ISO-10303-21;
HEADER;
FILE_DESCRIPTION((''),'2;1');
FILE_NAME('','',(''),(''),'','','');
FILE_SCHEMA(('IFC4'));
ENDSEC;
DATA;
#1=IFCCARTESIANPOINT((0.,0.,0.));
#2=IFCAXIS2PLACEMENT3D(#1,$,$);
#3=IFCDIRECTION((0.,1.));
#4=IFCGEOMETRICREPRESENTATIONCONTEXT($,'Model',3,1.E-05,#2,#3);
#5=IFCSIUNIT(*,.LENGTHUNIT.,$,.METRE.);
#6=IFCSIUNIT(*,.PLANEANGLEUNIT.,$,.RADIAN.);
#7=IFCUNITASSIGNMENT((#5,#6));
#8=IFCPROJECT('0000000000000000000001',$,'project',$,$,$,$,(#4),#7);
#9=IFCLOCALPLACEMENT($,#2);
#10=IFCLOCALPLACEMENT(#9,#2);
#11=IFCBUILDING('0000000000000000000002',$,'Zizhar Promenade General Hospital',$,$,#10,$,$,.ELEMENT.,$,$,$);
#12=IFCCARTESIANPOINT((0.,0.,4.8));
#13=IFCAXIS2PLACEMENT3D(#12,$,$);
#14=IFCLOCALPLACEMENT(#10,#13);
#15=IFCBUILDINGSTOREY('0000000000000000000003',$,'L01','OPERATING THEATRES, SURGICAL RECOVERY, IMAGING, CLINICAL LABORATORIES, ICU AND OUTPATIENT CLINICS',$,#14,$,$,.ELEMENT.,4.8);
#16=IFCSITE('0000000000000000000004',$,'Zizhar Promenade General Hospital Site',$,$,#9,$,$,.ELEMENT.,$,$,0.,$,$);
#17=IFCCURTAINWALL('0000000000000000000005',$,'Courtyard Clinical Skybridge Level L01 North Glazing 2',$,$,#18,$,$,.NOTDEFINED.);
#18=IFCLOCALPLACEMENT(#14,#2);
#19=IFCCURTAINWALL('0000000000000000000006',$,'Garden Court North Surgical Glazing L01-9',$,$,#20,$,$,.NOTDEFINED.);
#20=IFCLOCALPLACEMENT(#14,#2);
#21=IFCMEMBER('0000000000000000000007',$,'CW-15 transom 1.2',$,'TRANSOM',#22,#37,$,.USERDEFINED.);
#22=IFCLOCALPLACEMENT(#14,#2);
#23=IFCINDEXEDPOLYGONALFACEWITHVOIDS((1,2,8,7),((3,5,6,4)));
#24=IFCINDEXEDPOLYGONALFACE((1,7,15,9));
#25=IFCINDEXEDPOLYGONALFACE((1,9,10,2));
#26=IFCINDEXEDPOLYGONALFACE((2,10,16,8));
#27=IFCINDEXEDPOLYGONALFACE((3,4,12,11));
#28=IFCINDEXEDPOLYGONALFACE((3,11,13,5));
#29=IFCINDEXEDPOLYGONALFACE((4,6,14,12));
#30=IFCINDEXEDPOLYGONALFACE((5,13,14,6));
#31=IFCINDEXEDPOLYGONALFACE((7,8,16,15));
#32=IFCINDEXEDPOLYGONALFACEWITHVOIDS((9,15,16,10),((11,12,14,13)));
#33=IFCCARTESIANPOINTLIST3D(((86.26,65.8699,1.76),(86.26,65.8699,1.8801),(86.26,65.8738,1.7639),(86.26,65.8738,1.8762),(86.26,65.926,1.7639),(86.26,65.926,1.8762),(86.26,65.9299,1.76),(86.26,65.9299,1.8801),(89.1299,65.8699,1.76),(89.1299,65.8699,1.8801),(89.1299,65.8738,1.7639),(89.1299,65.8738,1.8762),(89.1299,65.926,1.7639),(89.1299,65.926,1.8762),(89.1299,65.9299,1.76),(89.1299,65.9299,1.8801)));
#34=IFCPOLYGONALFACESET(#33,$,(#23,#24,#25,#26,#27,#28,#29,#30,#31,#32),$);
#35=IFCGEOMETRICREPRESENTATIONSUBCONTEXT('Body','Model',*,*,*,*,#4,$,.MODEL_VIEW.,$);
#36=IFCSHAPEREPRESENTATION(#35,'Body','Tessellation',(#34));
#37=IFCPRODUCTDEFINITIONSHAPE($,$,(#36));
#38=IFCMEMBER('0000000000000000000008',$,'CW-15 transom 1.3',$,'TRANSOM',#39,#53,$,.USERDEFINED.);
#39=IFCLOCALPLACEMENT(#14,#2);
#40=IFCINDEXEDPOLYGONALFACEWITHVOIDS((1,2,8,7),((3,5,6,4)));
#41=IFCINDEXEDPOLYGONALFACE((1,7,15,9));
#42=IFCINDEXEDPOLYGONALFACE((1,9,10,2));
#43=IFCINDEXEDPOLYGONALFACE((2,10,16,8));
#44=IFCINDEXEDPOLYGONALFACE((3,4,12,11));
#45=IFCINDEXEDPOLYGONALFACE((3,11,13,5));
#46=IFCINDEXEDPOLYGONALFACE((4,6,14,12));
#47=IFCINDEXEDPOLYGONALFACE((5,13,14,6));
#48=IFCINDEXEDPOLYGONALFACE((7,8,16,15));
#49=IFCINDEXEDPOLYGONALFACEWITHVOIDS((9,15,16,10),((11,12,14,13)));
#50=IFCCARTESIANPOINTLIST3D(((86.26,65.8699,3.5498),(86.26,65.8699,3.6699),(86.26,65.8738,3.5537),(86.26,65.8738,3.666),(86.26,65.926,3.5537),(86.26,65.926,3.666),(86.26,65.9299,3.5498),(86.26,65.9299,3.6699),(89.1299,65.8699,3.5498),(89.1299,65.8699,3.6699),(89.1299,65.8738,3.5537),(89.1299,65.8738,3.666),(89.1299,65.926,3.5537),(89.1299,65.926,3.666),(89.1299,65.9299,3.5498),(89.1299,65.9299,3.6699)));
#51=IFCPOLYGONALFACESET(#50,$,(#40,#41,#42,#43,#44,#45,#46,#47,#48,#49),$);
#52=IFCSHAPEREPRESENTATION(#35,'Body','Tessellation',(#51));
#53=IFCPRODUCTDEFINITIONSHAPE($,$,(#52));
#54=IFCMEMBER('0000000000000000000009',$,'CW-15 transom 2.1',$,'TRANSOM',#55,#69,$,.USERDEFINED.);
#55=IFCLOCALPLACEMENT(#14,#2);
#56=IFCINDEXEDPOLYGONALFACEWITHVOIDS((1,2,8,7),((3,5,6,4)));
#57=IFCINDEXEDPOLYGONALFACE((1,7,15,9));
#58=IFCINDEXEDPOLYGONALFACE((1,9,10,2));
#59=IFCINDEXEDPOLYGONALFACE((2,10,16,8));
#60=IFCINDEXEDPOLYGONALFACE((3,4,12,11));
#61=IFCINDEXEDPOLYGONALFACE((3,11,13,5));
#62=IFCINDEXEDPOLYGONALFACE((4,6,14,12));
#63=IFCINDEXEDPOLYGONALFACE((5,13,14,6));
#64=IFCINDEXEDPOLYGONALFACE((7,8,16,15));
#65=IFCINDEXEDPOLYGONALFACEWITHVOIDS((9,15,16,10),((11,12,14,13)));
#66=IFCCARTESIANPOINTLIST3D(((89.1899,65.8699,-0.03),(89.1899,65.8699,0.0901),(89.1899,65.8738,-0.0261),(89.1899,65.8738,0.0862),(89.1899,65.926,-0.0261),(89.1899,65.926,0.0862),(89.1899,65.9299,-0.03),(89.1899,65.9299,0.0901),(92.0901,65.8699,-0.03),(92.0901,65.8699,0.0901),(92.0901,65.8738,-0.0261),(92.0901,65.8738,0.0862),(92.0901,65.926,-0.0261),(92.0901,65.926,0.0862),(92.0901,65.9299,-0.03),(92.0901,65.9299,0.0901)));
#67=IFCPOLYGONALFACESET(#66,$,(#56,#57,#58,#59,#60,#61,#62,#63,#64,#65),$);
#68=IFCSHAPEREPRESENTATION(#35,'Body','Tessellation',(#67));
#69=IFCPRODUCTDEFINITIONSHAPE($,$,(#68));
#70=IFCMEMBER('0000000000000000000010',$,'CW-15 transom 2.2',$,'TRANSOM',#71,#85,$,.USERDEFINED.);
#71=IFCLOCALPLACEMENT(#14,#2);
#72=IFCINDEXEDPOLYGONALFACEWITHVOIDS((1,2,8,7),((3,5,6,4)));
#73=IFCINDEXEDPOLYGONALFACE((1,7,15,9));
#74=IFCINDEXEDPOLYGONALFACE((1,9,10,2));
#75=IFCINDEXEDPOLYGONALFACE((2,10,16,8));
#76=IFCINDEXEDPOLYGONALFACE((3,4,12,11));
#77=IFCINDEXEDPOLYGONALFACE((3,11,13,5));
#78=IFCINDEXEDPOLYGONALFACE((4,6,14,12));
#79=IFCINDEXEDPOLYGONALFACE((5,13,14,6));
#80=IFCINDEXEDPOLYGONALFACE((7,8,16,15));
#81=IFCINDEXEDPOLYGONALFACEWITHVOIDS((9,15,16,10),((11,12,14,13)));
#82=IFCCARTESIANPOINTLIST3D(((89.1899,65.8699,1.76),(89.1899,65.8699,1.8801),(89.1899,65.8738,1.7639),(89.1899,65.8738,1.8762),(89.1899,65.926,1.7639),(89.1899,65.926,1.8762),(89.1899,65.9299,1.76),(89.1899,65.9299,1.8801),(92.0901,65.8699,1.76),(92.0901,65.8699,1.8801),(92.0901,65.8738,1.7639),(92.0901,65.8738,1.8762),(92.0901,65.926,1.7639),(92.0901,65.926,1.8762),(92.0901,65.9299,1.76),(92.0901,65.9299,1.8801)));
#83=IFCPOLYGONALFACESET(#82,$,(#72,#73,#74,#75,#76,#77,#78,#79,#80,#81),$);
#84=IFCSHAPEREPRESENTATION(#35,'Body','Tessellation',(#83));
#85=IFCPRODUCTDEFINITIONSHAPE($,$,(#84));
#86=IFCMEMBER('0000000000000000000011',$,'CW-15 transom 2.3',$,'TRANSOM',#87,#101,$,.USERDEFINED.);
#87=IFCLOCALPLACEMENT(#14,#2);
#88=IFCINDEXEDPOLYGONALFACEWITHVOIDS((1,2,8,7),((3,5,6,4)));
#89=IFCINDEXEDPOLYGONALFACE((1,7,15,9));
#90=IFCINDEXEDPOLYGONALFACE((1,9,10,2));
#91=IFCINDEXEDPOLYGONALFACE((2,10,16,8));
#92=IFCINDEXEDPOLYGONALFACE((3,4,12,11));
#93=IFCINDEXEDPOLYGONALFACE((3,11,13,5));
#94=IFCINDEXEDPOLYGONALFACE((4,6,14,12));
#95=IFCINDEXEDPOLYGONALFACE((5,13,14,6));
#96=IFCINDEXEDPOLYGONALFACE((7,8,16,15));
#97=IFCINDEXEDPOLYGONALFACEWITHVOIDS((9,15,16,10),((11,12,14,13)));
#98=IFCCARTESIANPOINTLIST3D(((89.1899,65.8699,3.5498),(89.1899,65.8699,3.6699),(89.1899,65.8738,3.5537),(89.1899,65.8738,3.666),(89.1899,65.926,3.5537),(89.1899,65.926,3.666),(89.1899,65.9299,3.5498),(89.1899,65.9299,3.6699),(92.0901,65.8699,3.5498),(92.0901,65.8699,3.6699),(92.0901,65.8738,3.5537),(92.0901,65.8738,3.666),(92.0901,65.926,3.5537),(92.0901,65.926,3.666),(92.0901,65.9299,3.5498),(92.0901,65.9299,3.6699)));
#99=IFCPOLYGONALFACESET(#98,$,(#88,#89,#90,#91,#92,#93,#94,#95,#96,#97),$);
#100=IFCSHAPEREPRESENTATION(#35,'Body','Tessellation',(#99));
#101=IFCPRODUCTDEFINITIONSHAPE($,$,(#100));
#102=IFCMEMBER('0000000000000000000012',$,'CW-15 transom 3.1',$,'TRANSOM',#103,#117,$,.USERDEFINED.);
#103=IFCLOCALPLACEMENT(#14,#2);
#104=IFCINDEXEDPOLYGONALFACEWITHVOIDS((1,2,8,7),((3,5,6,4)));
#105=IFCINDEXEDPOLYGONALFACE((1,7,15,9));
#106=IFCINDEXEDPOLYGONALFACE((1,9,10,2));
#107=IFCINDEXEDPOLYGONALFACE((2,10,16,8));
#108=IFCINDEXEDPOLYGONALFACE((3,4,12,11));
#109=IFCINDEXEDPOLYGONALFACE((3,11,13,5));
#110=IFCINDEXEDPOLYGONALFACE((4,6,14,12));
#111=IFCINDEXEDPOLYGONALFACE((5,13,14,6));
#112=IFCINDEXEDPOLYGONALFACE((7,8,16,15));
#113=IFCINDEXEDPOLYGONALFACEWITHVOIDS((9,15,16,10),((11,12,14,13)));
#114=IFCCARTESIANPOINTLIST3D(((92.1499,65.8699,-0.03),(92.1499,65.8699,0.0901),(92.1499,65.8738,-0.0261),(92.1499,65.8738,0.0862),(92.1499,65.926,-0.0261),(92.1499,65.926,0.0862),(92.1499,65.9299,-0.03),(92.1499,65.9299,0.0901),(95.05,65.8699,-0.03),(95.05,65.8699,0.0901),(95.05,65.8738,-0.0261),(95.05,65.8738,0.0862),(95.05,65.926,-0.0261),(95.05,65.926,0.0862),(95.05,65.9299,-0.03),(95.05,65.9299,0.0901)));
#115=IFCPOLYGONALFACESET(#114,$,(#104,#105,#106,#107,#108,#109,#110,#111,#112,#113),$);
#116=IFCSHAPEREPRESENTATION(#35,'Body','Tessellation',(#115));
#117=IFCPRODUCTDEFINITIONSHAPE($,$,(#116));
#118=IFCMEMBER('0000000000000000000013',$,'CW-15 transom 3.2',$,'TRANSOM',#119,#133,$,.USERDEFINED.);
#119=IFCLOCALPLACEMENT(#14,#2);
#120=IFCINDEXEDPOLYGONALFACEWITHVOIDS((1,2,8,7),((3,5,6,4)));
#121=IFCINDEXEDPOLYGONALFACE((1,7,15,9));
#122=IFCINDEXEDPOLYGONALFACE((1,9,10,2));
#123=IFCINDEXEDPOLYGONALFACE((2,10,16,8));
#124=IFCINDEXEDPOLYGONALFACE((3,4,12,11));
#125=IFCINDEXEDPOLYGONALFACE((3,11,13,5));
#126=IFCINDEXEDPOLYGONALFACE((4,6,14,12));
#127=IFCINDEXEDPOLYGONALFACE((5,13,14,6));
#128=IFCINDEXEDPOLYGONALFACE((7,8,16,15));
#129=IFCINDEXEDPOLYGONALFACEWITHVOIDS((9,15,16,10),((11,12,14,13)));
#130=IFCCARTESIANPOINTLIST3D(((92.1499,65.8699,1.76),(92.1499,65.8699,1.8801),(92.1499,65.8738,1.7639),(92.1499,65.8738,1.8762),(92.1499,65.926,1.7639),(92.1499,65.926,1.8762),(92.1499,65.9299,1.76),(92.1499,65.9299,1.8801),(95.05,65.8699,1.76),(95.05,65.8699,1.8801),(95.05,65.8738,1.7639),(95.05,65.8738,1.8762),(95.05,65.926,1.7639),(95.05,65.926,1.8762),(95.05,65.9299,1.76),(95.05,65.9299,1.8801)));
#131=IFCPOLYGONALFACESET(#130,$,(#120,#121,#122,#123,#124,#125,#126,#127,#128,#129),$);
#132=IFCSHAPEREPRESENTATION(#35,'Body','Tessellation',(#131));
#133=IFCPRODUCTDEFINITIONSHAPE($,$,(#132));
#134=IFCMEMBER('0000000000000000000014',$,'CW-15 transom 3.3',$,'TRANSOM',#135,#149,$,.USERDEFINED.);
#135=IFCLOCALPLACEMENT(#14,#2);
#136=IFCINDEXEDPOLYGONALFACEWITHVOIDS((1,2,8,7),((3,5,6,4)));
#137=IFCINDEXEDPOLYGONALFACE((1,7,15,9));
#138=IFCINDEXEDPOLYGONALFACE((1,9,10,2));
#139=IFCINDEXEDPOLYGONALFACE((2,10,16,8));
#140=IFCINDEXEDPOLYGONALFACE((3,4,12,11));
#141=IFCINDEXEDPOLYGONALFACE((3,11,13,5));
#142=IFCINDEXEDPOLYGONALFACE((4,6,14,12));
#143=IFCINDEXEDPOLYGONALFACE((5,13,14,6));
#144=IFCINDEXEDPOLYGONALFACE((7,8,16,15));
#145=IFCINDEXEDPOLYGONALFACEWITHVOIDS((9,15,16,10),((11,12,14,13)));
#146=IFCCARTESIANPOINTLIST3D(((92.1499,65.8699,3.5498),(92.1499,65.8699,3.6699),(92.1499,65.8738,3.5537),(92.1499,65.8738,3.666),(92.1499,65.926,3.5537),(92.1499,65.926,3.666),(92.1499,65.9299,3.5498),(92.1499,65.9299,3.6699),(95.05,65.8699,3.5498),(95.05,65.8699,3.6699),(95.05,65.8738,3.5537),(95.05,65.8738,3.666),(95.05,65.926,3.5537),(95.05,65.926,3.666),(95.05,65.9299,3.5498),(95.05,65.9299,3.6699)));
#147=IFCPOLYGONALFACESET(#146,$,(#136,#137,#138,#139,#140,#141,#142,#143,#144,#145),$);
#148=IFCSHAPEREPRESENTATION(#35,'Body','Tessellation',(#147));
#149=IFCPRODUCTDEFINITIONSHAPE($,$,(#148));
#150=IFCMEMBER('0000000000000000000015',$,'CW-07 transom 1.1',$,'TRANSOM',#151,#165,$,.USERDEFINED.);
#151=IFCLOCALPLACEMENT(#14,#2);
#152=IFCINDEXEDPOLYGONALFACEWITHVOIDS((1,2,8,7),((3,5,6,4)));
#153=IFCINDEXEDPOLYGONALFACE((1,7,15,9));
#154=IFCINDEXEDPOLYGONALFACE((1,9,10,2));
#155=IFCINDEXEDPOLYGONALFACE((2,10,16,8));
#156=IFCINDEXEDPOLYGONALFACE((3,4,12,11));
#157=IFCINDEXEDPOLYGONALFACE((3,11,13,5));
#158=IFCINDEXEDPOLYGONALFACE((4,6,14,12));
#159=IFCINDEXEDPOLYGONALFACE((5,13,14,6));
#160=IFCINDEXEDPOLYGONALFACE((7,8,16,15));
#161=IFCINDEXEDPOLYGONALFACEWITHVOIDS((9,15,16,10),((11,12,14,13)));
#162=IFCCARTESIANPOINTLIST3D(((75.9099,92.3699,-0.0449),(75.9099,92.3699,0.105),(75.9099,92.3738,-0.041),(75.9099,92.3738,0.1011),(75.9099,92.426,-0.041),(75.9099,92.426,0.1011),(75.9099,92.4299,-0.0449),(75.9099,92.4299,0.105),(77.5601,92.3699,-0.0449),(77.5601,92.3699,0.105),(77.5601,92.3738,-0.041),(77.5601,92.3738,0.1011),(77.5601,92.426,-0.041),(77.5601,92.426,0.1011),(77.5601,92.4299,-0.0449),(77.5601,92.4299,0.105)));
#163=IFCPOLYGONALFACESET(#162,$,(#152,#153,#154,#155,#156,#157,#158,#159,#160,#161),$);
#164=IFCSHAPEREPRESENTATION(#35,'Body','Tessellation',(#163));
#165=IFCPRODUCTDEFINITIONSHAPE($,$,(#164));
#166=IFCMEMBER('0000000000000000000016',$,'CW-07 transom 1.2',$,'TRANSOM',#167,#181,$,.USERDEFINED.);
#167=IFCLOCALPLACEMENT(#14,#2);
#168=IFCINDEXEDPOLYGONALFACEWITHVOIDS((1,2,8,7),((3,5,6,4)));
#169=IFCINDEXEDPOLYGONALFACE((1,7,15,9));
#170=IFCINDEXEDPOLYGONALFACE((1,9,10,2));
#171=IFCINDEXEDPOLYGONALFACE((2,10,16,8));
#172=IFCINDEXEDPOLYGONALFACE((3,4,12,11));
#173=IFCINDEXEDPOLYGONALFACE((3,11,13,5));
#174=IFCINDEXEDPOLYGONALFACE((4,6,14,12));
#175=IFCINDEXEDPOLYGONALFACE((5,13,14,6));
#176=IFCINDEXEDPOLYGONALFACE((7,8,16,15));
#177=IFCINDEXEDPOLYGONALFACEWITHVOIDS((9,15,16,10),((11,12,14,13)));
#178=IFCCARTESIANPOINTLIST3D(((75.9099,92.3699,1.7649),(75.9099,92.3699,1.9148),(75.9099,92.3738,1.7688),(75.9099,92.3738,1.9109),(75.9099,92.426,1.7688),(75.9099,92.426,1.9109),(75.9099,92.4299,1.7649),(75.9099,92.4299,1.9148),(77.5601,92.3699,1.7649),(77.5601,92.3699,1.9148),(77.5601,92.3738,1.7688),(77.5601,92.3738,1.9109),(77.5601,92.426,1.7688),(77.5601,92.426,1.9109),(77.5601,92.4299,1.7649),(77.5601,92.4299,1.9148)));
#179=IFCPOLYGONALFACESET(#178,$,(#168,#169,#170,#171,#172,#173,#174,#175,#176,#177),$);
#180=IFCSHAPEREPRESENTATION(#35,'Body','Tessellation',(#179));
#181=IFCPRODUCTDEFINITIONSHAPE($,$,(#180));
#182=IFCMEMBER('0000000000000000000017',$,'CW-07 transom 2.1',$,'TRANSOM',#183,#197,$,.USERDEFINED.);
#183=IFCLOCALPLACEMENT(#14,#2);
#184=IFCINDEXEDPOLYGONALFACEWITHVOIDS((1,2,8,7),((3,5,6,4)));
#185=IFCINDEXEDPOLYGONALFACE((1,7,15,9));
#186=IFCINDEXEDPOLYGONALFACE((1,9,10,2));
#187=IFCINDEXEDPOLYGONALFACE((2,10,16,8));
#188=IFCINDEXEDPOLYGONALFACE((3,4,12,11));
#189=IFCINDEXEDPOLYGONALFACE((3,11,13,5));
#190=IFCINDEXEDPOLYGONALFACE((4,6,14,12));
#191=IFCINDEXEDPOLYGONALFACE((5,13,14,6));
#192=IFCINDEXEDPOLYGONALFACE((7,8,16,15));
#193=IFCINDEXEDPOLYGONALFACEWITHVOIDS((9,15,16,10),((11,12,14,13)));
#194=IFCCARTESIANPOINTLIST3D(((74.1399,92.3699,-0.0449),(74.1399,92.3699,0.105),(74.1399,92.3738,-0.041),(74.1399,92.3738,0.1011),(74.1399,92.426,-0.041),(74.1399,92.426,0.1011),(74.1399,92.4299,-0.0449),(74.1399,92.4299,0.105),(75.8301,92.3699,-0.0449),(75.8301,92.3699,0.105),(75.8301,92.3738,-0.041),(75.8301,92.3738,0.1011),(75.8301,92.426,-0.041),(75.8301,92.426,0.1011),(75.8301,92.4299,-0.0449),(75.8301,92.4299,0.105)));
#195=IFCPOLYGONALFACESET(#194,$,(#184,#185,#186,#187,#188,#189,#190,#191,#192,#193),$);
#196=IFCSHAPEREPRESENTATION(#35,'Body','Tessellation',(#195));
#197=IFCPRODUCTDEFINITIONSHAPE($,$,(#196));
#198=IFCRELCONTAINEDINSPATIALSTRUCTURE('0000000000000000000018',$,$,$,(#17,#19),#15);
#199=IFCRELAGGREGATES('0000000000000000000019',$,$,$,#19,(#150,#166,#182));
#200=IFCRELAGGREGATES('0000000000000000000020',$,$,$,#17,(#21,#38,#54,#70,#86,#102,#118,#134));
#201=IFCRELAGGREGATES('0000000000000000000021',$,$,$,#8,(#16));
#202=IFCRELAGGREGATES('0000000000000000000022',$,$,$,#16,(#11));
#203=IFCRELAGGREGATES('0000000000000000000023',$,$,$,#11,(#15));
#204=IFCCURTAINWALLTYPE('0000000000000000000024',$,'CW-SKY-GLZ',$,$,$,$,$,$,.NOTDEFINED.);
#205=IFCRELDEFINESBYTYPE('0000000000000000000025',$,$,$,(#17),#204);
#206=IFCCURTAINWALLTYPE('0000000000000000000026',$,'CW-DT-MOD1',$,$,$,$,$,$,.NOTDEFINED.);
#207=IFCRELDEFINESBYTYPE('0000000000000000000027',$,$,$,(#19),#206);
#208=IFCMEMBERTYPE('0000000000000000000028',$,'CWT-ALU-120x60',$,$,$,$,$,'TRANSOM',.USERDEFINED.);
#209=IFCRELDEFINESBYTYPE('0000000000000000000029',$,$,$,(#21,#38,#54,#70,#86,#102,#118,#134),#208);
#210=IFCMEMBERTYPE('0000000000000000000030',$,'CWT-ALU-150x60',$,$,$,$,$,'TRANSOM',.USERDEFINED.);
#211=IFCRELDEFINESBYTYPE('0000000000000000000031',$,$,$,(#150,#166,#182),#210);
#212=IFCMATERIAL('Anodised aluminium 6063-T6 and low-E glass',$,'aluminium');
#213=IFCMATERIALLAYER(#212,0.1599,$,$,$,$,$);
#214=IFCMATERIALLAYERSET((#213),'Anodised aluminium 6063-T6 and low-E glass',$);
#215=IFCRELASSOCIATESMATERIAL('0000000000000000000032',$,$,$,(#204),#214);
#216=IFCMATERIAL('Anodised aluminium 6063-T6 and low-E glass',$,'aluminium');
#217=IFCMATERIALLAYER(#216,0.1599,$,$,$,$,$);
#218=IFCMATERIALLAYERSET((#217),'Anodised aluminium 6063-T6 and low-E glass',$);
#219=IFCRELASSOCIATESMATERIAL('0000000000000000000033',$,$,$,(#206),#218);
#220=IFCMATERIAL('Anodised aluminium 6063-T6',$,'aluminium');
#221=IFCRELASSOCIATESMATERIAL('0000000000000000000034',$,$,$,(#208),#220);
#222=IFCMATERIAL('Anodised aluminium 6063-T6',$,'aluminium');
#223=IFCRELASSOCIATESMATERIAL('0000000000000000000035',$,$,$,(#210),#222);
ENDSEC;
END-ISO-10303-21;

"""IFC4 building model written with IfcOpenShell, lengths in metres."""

from ifc_helpers import new_model, si_unit, direction, frame, origin, origin_2d, place, context, subcontext, project, spatial, hollow_rectangle, extrude, material, layer, layer_set, material_profile, profile_set, type_object, element, aggregate, save


model = new_model("IFC4")

# Units and contexts
model_context = context("Model", 3, precision=1e-05, world=origin(), true_north=direction((0.0, 1.0)))
body_context = subcontext(model_context, "Body", "Model", "MODEL_VIEW")
ifc_project = project(units=[si_unit("LENGTHUNIT", "METRE"), si_unit("PLANEANGLEUNIT", "RADIAN")], contexts=[model_context])

# Site, building, storey
site_placement = place(None, origin())
site = spatial("IfcSite", under=ifc_project, at=site_placement, Name="Zizhar Promenade General Hospital Site", CompositionType="ELEMENT", RefElevation=0.0)
building_placement = place(site_placement, origin())
building = spatial("IfcBuilding", under=site, at=building_placement, Name="Zizhar Promenade General Hospital", CompositionType="ELEMENT")
storey_placement = place(building_placement, frame((0.0, 0.0, 4.8)))
storey = spatial("IfcBuildingStorey", under=building, at=storey_placement, Name="L01", Description="OPERATING THEATRES, SURGICAL RECOVERY, IMAGING, CLINICAL LABORATORIES, ICU AND OUTPATIENT CLINICS", CompositionType="ELEMENT", Elevation=4.8)

# Curtain wall
ifc_material_1 = material(Name="Anodised aluminium 6063-T6 and low-E glass", Category="aluminium")
ifc_layer_1 = layer(ifc_material_1, 0.1599)
ifc_layer_set_1 = layer_set([ifc_layer_1], Name="Anodised aluminium 6063-T6 and low-E glass")
curtain_wall_type_1 = type_object("IfcCurtainWallType", Name="CW-SKY-GLZ", PredefinedType="NOTDEFINED", material=ifc_layer_set_1)
curtain_wall_1_placement = place(storey_placement, origin())
curtain_wall_1 = element("IfcCurtainWall", 1, at=curtain_wall_1_placement, inside=storey, type_object=curtain_wall_type_1, Name="Courtyard Clinical Skybridge Level L01 North Glazing 2", PredefinedType="NOTDEFINED")

# Curtain wall
ifc_material_2 = material(Name="Anodised aluminium 6063-T6 and low-E glass", Category="aluminium")
ifc_layer_2 = layer(ifc_material_2, 0.1599)
ifc_layer_set_2 = layer_set([ifc_layer_2], Name="Anodised aluminium 6063-T6 and low-E glass")
curtain_wall_type_2 = type_object("IfcCurtainWallType", Name="CW-DT-MOD1", PredefinedType="NOTDEFINED", material=ifc_layer_set_2)
curtain_wall_2_placement = place(storey_placement, origin())
curtain_wall_2 = element("IfcCurtainWall", 2, at=curtain_wall_2_placement, inside=storey, type_object=curtain_wall_type_2, Name="Garden Court North Surgical Glazing L01-9", PredefinedType="NOTDEFINED")

# Members
ifc_material_3 = material(Name="Anodised aluminium 6063-T6", Category="aluminium")
ifc_material_profile_1 = material_profile(ifc_material_3, hollow_rectangle(XDim=0.0601, YDim=0.1201, WallThickness=0.0039, at=origin_2d()))
ifc_profile_set_1 = profile_set([ifc_material_profile_1], Name="Anodised aluminium 6063-T6")
member_type_1 = type_object("IfcMemberType", Name="CWT-ALU-120x60", ElementType="TRANSOM", PredefinedType="USERDEFINED", material=ifc_profile_set_1)
member_1_placement = place(storey_placement, frame((86.26, 65.8999, 1.8201), z_axis=(1.0, 0.0, 0.0), x_axis=(0.0, 1.0, 0.0)))
member_1 = element("IfcMember", 3, at=member_1_placement, type_object=member_type_1, Name="CW-15 transom 1.2", ObjectType="TRANSOM", PredefinedType="USERDEFINED", context=body_context, shape_type="SweptSolid", body=[
    extrude(hollow_rectangle(XDim=0.0601, YDim=0.1201, WallThickness=0.0039, at=origin_2d()), origin(), (0.0, 0.0, 1.0), 2.8699),
])
member_2_placement = place(storey_placement, frame((86.26, 65.8999, 3.6099), z_axis=(1.0, 0.0, 0.0), x_axis=(0.0, 1.0, 0.0)))
member_2 = element("IfcMember", 4, at=member_2_placement, type_object=member_type_1, Name="CW-15 transom 1.3", ObjectType="TRANSOM", PredefinedType="USERDEFINED", context=body_context, shape_type="SweptSolid", body=[
    extrude(hollow_rectangle(XDim=0.0601, YDim=0.1201, WallThickness=0.0039, at=origin_2d()), origin(), (0.0, 0.0, 1.0), 2.8699),
])
member_3_placement = place(storey_placement, frame((89.1899, 65.8999, 0.03), z_axis=(1.0, 0.0, 0.0), x_axis=(0.0, 1.0, 0.0)))
member_3 = element("IfcMember", 5, at=member_3_placement, type_object=member_type_1, Name="CW-15 transom 2.1", ObjectType="TRANSOM", PredefinedType="USERDEFINED", context=body_context, shape_type="SweptSolid", body=[
    extrude(hollow_rectangle(XDim=0.0601, YDim=0.1201, WallThickness=0.0039, at=origin_2d()), origin(), (0.0, 0.0, 1.0), 2.9001),
])
member_4_placement = place(storey_placement, frame((89.1899, 65.8999, 1.8201), z_axis=(1.0, 0.0, 0.0), x_axis=(0.0, 1.0, 0.0)))
member_4 = element("IfcMember", 6, at=member_4_placement, type_object=member_type_1, Name="CW-15 transom 2.2", ObjectType="TRANSOM", PredefinedType="USERDEFINED", context=body_context, shape_type="SweptSolid", body=[
    extrude(hollow_rectangle(XDim=0.0601, YDim=0.1201, WallThickness=0.0039, at=origin_2d()), origin(), (0.0, 0.0, 1.0), 2.9001),
])
member_5_placement = place(storey_placement, frame((89.1899, 65.8999, 3.6099), z_axis=(1.0, 0.0, 0.0), x_axis=(0.0, 1.0, 0.0)))
member_5 = element("IfcMember", 7, at=member_5_placement, type_object=member_type_1, Name="CW-15 transom 2.3", ObjectType="TRANSOM", PredefinedType="USERDEFINED", context=body_context, shape_type="SweptSolid", body=[
    extrude(hollow_rectangle(XDim=0.0601, YDim=0.1201, WallThickness=0.0039, at=origin_2d()), origin(), (0.0, 0.0, 1.0), 2.9001),
])
member_6_placement = place(storey_placement, frame((92.1499, 65.8999, 0.03), z_axis=(1.0, 0.0, 0.0), x_axis=(0.0, 1.0, 0.0)))
member_6 = element("IfcMember", 8, at=member_6_placement, type_object=member_type_1, Name="CW-15 transom 3.1", ObjectType="TRANSOM", PredefinedType="USERDEFINED", context=body_context, shape_type="SweptSolid", body=[
    extrude(hollow_rectangle(XDim=0.0601, YDim=0.1201, WallThickness=0.0039, at=origin_2d()), origin(), (0.0, 0.0, 1.0), 2.9001),
])
member_7_placement = place(storey_placement, frame((92.1499, 65.8999, 1.8201), z_axis=(1.0, 0.0, 0.0), x_axis=(0.0, 1.0, 0.0)))
member_7 = element("IfcMember", 9, at=member_7_placement, type_object=member_type_1, Name="CW-15 transom 3.2", ObjectType="TRANSOM", PredefinedType="USERDEFINED", context=body_context, shape_type="SweptSolid", body=[
    extrude(hollow_rectangle(XDim=0.0601, YDim=0.1201, WallThickness=0.0039, at=origin_2d()), origin(), (0.0, 0.0, 1.0), 2.9001),
])
member_8_placement = place(storey_placement, frame((92.1499, 65.8999, 3.6099), z_axis=(1.0, 0.0, 0.0), x_axis=(0.0, 1.0, 0.0)))
member_8 = element("IfcMember", 10, at=member_8_placement, type_object=member_type_1, Name="CW-15 transom 3.3", ObjectType="TRANSOM", PredefinedType="USERDEFINED", context=body_context, shape_type="SweptSolid", body=[
    extrude(hollow_rectangle(XDim=0.0601, YDim=0.1201, WallThickness=0.0039, at=origin_2d()), origin(), (0.0, 0.0, 1.0), 2.9001),
])
ifc_material_4 = material(Name="Anodised aluminium 6063-T6", Category="aluminium")
ifc_material_profile_2 = material_profile(ifc_material_4, hollow_rectangle(XDim=0.0601, YDim=0.1499, WallThickness=0.0039, at=origin_2d()))
ifc_profile_set_2 = profile_set([ifc_material_profile_2], Name="Anodised aluminium 6063-T6")
member_type_2 = type_object("IfcMemberType", Name="CWT-ALU-150x60", ElementType="TRANSOM", PredefinedType="USERDEFINED", material=ifc_profile_set_2)
member_9_placement = place(storey_placement, frame((77.5601, 92.3999, 0.03), z_axis=(-1.0, 0.0, 0.0), x_axis=(0.0, -1.0, 0.0)))
member_9 = element("IfcMember", 11, at=member_9_placement, type_object=member_type_2, Name="CW-07 transom 1.1", ObjectType="TRANSOM", PredefinedType="USERDEFINED", context=body_context, shape_type="SweptSolid", body=[
    extrude(hollow_rectangle(XDim=0.0601, YDim=0.1499, WallThickness=0.0039, at=origin_2d()), origin(), (0.0, 0.0, 1.0), 1.6501),
])
member_10_placement = place(storey_placement, frame((77.5601, 92.3999, 1.8398), z_axis=(-1.0, 0.0, 0.0), x_axis=(0.0, -1.0, 0.0)))
member_10 = element("IfcMember", 12, at=member_10_placement, type_object=member_type_2, Name="CW-07 transom 1.2", ObjectType="TRANSOM", PredefinedType="USERDEFINED", context=body_context, shape_type="SweptSolid", body=[
    extrude(hollow_rectangle(XDim=0.0601, YDim=0.1499, WallThickness=0.0039, at=origin_2d()), origin(), (0.0, 0.0, 1.0), 1.6501),
])
member_11_placement = place(storey_placement, frame((75.8301, 92.3999, 0.03), z_axis=(-1.0, 0.0, 0.0), x_axis=(0.0, -1.0, 0.0)))
member_11 = element("IfcMember", 13, at=member_11_placement, type_object=member_type_2, Name="CW-07 transom 2.1", ObjectType="TRANSOM", PredefinedType="USERDEFINED", context=body_context, shape_type="SweptSolid", body=[
    extrude(hollow_rectangle(XDim=0.0601, YDim=0.1499, WallThickness=0.0039, at=origin_2d()), origin(), (0.0, 0.0, 1.0), 1.6902),
])

aggregate(curtain_wall_2, [member_9, member_10, member_11])
aggregate(curtain_wall_1, [member_1, member_2, member_3, member_4, member_5, member_6, member_7, member_8])

save(model, "model.ifc")
